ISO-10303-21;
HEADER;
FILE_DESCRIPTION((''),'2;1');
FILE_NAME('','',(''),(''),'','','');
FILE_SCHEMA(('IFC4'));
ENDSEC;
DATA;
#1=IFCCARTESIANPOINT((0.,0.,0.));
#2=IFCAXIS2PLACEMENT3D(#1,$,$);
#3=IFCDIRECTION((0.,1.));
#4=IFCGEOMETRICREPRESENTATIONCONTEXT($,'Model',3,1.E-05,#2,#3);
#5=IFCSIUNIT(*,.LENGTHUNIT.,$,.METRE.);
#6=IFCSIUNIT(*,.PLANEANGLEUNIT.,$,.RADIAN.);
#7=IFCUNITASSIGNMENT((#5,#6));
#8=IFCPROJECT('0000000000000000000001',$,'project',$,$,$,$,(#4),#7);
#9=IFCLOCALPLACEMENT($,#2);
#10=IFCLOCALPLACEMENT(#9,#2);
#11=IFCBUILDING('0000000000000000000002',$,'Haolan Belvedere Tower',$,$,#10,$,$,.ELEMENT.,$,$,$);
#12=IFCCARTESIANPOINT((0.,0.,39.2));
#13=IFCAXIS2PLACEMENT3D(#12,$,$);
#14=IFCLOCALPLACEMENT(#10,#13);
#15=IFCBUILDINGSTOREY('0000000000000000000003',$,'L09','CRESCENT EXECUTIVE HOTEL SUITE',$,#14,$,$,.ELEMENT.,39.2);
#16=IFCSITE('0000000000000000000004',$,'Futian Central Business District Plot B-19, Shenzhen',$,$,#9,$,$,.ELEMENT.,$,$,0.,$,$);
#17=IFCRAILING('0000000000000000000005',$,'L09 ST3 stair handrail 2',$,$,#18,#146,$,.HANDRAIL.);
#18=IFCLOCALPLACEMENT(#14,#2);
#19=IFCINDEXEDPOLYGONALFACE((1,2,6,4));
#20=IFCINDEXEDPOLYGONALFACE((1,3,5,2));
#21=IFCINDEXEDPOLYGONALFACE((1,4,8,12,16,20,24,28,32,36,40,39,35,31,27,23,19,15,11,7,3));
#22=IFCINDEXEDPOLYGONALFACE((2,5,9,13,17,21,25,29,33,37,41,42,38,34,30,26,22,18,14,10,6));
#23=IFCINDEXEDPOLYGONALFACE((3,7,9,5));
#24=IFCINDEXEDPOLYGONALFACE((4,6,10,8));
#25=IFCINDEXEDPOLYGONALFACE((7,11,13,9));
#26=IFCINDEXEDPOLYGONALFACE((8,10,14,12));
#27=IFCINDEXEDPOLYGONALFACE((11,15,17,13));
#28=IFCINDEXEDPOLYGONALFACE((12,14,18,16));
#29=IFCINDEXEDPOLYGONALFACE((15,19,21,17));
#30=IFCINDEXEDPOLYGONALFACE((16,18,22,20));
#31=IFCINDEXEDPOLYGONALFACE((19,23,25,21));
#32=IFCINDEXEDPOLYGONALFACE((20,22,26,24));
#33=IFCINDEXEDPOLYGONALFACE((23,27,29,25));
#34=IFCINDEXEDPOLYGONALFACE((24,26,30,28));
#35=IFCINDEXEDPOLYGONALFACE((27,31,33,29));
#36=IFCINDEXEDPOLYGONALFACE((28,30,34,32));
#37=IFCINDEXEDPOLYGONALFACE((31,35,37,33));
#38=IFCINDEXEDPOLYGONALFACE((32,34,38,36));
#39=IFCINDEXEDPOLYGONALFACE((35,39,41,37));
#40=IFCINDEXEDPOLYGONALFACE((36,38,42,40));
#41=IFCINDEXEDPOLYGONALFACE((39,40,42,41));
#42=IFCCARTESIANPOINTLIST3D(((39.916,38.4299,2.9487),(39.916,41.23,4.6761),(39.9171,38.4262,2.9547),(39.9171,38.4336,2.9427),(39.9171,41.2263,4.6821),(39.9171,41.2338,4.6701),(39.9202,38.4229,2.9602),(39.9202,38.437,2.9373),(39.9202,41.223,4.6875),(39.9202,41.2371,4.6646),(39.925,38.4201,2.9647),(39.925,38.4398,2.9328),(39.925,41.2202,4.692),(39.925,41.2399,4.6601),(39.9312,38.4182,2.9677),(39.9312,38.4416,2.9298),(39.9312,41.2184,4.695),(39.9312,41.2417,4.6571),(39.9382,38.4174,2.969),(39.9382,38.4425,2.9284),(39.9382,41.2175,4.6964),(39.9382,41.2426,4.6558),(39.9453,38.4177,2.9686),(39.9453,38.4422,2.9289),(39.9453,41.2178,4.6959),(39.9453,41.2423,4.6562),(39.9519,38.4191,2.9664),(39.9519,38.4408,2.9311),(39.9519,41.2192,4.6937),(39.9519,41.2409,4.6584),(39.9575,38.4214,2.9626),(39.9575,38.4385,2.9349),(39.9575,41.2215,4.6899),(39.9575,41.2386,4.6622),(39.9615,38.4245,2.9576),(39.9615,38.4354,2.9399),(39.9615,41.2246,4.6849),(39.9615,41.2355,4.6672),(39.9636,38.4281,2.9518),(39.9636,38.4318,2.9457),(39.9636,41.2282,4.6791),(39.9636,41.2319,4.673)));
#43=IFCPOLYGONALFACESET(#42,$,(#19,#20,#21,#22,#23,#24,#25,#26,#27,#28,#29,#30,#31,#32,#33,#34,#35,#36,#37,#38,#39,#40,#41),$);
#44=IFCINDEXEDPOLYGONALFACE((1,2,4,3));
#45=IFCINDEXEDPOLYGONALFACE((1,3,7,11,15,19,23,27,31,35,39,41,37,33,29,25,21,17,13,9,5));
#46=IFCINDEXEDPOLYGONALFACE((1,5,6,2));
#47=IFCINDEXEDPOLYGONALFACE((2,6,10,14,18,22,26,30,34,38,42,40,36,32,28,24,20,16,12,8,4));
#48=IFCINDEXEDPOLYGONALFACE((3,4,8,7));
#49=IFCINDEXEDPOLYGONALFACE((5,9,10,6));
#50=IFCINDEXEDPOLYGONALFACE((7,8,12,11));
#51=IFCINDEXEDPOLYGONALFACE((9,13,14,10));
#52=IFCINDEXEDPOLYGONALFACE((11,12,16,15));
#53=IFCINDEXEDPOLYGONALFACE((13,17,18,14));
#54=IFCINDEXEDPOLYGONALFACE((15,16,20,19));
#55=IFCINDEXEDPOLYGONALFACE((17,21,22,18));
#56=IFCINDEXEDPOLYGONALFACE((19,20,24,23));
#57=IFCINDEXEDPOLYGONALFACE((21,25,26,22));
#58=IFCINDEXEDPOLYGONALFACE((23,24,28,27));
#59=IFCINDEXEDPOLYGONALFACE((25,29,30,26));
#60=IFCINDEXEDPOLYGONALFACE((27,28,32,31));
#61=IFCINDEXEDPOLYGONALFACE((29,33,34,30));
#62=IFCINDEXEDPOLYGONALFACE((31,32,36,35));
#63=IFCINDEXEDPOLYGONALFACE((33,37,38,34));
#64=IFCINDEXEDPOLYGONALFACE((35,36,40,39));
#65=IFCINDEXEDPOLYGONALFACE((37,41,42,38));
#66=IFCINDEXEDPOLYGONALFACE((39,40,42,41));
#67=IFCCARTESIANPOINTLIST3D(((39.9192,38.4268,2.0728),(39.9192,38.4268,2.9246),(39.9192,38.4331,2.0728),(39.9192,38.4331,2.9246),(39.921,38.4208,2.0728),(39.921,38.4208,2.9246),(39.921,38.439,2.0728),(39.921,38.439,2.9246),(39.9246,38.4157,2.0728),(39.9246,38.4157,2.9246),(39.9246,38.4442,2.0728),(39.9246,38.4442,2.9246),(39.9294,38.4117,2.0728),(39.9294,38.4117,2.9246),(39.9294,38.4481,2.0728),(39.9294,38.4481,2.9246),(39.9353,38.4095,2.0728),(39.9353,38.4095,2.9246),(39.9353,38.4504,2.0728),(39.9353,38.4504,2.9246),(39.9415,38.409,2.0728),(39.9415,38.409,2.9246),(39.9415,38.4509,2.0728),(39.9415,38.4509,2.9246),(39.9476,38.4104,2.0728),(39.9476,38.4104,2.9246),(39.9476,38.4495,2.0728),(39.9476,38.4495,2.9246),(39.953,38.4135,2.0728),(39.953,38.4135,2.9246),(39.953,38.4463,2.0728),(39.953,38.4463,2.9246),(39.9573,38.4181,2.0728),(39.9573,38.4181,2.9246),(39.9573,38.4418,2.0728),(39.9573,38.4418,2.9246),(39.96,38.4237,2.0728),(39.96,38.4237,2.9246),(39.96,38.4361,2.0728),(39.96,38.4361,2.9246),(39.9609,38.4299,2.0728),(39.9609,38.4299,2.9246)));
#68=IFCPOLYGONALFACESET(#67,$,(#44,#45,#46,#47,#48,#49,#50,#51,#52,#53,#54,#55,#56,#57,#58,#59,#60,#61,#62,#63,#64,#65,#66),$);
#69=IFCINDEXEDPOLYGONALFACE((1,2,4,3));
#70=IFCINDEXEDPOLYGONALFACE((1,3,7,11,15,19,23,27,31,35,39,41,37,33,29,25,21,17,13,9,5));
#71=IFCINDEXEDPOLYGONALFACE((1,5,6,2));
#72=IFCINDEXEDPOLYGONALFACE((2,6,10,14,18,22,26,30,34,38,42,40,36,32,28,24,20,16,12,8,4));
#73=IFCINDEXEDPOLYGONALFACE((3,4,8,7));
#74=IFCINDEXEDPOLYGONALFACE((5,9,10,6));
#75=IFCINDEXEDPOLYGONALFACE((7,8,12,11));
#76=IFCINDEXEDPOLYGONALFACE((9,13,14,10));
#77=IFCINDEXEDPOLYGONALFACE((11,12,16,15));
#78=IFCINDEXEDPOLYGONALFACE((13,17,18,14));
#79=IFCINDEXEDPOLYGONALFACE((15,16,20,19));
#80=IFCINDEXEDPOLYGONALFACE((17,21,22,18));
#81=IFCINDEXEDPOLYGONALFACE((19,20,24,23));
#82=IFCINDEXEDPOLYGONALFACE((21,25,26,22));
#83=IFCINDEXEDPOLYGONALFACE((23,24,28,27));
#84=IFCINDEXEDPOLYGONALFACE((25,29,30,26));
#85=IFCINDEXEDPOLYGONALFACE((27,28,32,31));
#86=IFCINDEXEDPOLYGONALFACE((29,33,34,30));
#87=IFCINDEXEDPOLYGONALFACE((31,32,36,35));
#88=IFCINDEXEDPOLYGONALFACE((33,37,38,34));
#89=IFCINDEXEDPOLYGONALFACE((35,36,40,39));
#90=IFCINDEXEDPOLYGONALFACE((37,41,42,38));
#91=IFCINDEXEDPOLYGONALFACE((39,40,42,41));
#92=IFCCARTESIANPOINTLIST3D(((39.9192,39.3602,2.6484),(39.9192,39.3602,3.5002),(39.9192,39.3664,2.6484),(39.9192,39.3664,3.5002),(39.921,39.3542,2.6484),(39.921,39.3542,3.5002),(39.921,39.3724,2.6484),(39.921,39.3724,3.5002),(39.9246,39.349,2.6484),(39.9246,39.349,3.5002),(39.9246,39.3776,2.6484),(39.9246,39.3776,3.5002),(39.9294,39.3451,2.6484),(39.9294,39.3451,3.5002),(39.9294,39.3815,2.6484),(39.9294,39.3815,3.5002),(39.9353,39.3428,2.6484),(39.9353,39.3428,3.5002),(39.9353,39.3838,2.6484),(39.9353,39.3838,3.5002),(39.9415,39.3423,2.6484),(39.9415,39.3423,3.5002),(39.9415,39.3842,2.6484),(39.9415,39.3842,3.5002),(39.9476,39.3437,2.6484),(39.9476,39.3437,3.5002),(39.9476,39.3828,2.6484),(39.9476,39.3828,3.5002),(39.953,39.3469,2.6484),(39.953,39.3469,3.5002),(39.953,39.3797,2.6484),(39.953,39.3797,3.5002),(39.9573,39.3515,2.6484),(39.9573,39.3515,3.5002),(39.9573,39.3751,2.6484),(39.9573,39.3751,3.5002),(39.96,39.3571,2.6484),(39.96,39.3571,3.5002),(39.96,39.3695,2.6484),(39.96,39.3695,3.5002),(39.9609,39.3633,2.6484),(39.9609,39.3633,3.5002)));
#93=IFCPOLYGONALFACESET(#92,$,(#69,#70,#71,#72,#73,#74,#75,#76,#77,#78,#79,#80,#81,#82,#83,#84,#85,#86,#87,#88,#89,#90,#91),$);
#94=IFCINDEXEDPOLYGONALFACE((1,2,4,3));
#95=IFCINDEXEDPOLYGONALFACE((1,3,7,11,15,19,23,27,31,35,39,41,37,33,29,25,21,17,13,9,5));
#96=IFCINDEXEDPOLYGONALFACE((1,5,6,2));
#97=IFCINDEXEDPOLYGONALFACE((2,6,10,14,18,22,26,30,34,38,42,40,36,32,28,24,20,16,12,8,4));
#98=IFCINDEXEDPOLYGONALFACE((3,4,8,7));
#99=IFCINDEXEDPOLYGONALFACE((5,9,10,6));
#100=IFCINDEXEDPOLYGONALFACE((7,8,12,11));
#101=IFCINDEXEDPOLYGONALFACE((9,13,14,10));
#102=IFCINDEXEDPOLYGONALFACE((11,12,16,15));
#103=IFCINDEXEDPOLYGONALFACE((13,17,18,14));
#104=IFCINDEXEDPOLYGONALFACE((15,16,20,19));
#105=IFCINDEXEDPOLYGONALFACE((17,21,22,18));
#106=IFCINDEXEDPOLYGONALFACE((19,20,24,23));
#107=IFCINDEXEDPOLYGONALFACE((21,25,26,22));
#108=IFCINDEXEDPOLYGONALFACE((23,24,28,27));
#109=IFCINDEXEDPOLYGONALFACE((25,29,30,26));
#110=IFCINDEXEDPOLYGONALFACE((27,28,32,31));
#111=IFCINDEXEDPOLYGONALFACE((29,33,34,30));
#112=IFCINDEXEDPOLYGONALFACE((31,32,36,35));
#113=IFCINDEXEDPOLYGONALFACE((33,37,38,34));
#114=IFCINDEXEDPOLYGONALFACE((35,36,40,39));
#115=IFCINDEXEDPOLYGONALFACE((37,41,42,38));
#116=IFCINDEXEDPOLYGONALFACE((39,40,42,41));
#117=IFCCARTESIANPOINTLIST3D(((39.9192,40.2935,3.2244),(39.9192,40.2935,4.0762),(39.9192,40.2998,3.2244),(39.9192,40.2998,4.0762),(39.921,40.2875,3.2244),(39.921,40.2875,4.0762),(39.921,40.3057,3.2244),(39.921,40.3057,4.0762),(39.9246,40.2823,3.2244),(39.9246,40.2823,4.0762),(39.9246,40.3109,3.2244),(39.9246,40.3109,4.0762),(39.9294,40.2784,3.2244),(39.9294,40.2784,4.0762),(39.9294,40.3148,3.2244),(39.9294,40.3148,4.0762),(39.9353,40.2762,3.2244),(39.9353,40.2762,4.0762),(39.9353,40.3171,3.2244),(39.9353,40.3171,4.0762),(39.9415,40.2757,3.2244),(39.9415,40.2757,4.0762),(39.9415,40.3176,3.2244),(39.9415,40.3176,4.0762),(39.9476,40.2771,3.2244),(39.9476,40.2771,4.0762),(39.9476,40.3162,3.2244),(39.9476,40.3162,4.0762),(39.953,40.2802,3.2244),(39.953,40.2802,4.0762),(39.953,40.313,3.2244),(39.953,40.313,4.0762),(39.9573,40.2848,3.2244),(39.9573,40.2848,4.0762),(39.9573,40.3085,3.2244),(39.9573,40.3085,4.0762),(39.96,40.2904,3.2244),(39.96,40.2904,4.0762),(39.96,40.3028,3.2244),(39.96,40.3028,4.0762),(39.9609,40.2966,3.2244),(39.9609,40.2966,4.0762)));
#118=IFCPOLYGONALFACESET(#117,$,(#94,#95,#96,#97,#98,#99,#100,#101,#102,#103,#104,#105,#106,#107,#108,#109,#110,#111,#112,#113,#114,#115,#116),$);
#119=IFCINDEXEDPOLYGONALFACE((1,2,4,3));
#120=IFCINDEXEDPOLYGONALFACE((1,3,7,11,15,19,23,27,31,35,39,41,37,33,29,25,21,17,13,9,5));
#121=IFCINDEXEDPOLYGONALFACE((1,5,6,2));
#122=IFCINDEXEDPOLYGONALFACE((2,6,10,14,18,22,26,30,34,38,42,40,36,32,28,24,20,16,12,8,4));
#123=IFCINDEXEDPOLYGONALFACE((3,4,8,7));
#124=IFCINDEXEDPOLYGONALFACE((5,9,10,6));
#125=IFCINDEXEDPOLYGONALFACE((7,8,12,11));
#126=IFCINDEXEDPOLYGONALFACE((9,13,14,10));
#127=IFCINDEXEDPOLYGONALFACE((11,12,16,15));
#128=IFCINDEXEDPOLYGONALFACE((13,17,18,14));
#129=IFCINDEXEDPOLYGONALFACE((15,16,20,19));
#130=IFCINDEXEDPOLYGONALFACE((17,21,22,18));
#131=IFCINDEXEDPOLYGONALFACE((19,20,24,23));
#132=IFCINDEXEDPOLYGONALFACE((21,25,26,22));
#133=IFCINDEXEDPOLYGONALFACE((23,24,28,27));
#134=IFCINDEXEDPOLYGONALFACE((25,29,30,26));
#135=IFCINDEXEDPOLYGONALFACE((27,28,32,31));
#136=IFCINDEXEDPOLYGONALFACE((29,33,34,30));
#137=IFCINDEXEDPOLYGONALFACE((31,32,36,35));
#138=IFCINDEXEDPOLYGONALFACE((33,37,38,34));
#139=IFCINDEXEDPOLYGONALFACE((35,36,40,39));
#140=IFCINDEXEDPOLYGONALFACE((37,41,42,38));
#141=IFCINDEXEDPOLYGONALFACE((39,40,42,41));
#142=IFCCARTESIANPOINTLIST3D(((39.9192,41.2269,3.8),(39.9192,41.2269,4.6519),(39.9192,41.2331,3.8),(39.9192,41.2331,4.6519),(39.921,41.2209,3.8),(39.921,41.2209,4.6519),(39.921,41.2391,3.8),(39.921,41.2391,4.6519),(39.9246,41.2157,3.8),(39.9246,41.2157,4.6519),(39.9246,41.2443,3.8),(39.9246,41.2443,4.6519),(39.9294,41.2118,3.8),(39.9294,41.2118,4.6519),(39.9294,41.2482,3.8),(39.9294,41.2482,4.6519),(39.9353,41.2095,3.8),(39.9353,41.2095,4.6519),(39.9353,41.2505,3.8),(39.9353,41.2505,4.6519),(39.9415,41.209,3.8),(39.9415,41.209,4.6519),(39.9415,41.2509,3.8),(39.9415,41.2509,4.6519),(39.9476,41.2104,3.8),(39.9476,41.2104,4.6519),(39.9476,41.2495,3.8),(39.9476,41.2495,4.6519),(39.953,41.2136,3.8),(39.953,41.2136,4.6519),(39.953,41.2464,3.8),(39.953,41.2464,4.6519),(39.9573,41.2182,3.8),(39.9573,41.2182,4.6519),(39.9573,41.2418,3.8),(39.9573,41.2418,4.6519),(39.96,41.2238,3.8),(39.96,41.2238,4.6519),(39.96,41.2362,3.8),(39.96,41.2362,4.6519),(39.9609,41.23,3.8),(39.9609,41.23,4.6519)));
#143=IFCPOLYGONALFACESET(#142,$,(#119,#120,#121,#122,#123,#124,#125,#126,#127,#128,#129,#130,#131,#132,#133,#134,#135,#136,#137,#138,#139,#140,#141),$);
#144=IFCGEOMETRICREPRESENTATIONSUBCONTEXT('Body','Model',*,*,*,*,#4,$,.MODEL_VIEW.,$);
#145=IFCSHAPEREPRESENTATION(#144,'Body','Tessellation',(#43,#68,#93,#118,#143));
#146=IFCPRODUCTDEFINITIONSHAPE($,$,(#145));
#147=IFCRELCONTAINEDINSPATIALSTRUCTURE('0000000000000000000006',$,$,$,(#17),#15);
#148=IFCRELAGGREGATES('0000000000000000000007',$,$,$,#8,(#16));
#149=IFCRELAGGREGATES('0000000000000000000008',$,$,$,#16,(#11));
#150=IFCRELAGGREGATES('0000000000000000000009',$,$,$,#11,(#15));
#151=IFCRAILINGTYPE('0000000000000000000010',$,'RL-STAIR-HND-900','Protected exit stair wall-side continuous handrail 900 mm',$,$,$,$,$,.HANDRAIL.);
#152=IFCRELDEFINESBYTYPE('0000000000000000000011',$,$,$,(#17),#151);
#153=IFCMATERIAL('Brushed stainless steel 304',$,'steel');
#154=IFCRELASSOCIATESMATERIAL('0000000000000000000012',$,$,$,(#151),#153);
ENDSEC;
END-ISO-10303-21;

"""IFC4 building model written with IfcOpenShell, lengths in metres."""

from ifc_helpers import new_model, si_unit, direction, frame, origin, origin_2d, place, context, subcontext, project, spatial, circle, extrude, material, type_object, element, save


model = new_model("IFC4")

# Units and contexts
model_context = context("Model", 3, precision=1e-05, world=origin(), true_north=direction((0.0, 1.0)))
body_context = subcontext(model_context, "Body", "Model", "MODEL_VIEW")
ifc_project = project(units=[si_unit("LENGTHUNIT", "METRE"), si_unit("PLANEANGLEUNIT", "RADIAN")], contexts=[model_context])

# Site, building, storey
site_placement = place(None, origin())
site = spatial("IfcSite", under=ifc_project, at=site_placement, Name="Futian Central Business District Plot B-19, Shenzhen", CompositionType="ELEMENT", RefElevation=0.0)
building_placement = place(site_placement, origin())
building = spatial("IfcBuilding", under=site, at=building_placement, Name="Haolan Belvedere Tower", CompositionType="ELEMENT")
storey_placement = place(building_placement, frame((0.0, 0.0, 39.2)))
storey = spatial("IfcBuildingStorey", under=building, at=storey_placement, Name="L09", Description="CRESCENT EXECUTIVE HOTEL SUITE", CompositionType="ELEMENT", Elevation=39.2)

# Railing
ifc_material_1 = material(Name="Brushed stainless steel 304", Category="steel")
railing_type_1 = type_object("IfcRailingType", Name="RL-STAIR-HND-900", Description="Protected exit stair wall-side continuous handrail 900 mm", PredefinedType="HANDRAIL", material=ifc_material_1)
railing_1_placement = place(storey_placement, frame((39.9399, 38.4299, 2.0728)))
element("IfcRailing", 1, at=railing_1_placement, inside=storey, type_object=railing_type_1, Name="L09 ST3 stair handrail 2", PredefinedType="HANDRAIL", context=body_context, shape_type="SweptSolid", body=[
    extrude(circle(Radius=0.0239, at=origin_2d()), frame((0.0, 0.0, 0.876), z_axis=(0.0, 0.85109, 0.52502), x_axis=(-1.0, 0.0, 0.0)), (0.0, 0.0, 1.0), 3.29),
    extrude(circle(Radius=0.021, at=origin_2d()), origin(), (0.0, 0.0, 1.0), 0.8518),
    extrude(circle(Radius=0.021, at=origin_2d()), frame((0.0, 0.9333, 0.5757)), (0.0, 0.0, 1.0), 0.8518),
    extrude(circle(Radius=0.021, at=origin_2d()), frame((0.0, 1.8667, 1.1516)), (0.0, 0.0, 1.0), 0.8518),
    extrude(circle(Radius=0.021, at=origin_2d()), frame((0.0, 2.8, 1.7273)), (0.0, 0.0, 1.0), 0.8518),
])

save(model, "model.ifc")
